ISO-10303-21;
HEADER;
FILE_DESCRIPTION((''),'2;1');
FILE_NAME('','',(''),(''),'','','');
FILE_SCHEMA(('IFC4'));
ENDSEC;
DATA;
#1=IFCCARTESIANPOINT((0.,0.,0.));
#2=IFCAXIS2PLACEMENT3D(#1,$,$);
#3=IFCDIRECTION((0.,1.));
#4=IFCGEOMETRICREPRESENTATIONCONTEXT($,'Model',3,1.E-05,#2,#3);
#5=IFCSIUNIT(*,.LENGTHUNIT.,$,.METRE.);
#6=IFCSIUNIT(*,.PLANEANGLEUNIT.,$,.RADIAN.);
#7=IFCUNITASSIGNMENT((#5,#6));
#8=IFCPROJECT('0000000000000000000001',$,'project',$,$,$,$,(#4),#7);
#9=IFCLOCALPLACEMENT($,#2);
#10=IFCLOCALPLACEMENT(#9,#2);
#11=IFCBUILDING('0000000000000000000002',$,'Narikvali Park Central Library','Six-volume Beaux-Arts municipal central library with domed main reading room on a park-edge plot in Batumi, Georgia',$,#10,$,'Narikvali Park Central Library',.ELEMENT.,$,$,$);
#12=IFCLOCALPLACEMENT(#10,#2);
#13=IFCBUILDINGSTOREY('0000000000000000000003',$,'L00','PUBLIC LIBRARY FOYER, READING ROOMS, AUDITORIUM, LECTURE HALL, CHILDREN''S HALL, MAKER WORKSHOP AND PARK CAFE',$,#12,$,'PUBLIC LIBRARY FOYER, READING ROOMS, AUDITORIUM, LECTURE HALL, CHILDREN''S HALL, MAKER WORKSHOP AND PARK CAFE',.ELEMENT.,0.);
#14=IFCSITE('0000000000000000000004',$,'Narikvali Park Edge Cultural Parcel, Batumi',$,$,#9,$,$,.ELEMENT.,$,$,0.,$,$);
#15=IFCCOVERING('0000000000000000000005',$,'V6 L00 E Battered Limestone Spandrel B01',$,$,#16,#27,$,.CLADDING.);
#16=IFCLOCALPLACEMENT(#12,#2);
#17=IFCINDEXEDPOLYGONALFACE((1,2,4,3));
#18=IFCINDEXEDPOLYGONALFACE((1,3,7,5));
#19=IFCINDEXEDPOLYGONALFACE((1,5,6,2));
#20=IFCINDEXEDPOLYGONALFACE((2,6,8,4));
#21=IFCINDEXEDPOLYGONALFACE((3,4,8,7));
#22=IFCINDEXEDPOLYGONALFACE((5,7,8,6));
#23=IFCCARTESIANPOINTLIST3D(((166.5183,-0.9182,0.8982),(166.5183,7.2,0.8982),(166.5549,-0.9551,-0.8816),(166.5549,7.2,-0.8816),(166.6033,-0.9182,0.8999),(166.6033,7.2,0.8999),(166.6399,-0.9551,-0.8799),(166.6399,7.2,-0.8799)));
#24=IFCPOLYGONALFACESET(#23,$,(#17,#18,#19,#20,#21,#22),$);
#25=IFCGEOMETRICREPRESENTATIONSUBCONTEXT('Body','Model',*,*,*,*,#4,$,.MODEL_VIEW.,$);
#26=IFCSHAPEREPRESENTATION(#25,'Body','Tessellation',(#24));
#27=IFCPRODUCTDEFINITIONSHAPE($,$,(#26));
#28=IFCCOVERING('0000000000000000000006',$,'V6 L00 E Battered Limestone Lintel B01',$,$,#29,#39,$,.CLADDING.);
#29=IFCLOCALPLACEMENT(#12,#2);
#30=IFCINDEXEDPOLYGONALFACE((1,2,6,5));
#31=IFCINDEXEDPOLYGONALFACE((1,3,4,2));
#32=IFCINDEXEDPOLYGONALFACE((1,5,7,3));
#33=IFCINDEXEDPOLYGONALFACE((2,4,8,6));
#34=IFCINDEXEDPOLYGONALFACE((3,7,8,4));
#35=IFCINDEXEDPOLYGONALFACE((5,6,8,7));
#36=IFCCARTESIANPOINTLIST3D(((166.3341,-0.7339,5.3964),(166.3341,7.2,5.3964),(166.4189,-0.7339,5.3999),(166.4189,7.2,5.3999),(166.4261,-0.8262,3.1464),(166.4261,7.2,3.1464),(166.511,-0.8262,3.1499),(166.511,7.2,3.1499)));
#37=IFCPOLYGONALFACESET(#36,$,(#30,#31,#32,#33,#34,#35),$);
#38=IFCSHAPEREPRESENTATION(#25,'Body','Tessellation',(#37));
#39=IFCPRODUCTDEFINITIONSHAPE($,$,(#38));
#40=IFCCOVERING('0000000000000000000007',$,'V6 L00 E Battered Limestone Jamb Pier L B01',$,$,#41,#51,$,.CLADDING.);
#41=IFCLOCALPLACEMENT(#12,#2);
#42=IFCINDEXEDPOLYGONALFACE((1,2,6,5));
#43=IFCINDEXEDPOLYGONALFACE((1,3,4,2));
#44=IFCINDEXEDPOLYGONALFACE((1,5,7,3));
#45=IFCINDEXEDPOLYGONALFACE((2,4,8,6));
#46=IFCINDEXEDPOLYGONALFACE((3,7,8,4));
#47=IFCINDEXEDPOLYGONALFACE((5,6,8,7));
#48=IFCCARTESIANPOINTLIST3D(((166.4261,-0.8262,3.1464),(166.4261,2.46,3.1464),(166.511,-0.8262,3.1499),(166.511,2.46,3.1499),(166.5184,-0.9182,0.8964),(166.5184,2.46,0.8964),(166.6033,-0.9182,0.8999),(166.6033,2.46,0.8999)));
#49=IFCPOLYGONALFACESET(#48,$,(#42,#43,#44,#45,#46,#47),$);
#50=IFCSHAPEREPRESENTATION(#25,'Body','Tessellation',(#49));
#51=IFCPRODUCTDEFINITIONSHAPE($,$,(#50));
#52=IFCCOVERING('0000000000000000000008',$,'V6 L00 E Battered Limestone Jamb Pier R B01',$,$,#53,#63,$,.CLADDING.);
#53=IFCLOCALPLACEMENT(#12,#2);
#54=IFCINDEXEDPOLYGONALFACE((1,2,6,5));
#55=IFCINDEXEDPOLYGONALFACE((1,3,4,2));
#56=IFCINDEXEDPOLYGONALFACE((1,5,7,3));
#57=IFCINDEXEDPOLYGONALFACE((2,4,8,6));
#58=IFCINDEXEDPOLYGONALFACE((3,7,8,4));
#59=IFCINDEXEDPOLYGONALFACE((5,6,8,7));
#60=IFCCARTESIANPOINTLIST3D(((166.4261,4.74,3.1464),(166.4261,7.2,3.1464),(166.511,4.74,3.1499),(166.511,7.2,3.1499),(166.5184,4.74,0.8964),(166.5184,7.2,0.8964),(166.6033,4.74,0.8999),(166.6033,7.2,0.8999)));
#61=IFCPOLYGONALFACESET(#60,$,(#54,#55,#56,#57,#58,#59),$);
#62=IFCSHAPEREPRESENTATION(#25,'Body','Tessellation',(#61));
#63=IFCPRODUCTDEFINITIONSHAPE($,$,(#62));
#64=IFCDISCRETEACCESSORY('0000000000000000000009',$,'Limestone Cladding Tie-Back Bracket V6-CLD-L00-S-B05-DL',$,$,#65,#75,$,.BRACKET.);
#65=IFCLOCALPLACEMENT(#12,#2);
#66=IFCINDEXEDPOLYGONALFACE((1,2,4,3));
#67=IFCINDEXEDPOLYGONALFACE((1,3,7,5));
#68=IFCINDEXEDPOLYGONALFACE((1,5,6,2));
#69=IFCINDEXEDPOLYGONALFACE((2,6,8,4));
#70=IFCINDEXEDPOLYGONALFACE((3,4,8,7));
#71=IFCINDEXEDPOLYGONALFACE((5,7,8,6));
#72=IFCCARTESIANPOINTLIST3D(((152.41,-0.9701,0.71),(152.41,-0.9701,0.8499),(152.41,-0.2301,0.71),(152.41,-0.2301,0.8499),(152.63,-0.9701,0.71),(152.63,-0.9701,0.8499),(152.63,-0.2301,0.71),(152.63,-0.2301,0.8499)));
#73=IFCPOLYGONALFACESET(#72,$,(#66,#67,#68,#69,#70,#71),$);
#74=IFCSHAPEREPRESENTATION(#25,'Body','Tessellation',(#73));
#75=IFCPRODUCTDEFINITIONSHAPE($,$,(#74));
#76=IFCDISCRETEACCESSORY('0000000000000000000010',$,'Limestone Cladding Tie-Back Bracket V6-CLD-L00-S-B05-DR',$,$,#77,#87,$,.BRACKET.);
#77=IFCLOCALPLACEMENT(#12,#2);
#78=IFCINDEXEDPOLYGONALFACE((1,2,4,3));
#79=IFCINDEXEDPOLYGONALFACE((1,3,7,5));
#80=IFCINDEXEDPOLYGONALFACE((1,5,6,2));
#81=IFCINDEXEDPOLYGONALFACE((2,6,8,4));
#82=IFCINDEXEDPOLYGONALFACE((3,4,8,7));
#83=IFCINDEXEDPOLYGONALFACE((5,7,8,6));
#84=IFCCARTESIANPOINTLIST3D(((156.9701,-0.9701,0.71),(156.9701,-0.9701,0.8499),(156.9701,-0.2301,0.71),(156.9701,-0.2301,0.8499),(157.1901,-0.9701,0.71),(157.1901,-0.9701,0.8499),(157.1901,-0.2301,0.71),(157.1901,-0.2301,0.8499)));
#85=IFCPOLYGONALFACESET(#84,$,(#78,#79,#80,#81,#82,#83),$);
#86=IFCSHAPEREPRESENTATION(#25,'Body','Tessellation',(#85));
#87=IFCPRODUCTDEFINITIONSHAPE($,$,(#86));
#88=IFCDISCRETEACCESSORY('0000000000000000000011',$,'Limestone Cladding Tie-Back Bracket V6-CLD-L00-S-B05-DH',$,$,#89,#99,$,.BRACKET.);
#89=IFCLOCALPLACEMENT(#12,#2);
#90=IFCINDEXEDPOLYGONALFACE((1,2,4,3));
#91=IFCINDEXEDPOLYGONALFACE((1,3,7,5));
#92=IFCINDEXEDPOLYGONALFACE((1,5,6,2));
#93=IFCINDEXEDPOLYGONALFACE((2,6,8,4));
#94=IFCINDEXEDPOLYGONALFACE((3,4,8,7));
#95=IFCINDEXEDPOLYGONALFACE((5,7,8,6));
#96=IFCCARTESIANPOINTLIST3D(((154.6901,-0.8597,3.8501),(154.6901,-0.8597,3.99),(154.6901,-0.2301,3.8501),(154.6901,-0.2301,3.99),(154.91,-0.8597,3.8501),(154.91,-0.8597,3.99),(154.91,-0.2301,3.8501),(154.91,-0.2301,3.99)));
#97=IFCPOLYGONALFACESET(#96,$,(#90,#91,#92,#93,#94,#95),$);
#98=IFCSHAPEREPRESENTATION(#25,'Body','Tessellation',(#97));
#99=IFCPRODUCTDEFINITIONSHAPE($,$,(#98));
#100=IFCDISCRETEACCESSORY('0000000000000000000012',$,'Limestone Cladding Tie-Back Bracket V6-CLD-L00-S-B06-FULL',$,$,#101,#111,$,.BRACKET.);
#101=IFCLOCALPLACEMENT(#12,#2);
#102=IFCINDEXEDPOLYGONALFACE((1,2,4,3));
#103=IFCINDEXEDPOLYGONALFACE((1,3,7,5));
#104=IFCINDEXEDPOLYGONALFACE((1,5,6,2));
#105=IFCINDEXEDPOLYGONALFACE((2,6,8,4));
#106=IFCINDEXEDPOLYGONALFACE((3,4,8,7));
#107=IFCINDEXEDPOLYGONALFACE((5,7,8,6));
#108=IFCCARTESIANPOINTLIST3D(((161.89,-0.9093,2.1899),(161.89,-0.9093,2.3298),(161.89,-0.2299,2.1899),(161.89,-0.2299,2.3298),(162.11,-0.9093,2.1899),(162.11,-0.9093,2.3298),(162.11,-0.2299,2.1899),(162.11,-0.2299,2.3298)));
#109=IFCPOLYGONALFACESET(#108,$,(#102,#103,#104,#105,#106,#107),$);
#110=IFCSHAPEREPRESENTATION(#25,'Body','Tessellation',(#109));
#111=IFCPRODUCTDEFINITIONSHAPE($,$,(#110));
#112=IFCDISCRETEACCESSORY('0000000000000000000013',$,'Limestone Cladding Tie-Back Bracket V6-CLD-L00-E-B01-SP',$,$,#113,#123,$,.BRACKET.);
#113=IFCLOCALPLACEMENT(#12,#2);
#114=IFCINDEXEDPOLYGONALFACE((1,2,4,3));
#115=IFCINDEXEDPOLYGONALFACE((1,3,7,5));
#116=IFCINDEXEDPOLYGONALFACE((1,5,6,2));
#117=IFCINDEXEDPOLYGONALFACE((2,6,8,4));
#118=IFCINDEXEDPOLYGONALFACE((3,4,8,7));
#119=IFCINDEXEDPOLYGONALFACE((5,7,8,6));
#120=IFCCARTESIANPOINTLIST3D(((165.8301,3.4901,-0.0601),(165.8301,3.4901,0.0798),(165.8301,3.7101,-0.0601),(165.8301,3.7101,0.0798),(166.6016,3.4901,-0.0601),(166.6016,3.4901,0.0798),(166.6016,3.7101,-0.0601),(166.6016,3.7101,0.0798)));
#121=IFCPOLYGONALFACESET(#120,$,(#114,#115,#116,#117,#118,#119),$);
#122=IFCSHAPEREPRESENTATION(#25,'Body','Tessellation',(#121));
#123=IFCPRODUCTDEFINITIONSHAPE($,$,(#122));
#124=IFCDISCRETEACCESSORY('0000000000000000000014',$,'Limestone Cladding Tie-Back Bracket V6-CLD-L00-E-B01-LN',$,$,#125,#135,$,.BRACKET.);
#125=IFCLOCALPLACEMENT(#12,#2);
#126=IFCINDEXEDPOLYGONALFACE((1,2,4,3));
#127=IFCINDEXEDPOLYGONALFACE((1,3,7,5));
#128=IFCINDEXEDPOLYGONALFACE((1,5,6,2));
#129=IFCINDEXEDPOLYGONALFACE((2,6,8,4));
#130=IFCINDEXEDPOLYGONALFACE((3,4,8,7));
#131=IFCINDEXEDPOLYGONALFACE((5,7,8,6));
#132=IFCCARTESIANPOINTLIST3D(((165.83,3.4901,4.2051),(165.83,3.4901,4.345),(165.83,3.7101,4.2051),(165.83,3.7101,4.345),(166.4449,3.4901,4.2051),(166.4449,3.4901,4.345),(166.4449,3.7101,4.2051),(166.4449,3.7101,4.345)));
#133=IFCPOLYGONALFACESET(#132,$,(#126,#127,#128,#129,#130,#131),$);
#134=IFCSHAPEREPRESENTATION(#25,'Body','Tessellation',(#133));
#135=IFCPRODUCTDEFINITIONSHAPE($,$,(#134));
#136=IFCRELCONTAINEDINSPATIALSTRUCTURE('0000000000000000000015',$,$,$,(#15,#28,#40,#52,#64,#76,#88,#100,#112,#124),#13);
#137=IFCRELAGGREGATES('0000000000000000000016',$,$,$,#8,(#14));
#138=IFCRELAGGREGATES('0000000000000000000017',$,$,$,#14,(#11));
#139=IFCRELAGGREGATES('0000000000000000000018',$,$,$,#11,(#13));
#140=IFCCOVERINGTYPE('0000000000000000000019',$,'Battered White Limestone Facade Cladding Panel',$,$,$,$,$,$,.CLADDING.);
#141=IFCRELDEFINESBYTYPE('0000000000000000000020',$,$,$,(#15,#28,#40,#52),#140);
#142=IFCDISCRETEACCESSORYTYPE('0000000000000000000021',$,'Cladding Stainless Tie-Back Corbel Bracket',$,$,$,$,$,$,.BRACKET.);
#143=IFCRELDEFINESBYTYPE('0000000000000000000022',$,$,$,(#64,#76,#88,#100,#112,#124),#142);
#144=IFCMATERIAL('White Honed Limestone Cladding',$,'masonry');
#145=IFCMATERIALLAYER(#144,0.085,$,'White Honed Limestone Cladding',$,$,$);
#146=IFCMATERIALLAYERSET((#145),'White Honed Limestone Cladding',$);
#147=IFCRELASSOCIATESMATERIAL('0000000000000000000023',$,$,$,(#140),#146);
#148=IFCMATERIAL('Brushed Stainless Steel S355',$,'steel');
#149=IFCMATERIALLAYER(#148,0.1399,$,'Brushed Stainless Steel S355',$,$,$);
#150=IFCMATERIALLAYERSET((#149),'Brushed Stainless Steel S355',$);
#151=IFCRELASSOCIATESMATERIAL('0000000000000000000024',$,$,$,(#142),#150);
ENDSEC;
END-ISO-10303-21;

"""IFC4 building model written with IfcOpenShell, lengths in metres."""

from ifc_helpers import new_model, si_unit, direction, frame, origin, origin_2d, place, context, subcontext, project, spatial, polyline, rectangle, outline, extrude, material, layer, layer_set, type_object, element, save


model = new_model("IFC4")

# Units and contexts
model_context = context("Model", 3, precision=1e-05, world=origin(), true_north=direction((0.0, 1.0)))
body_context = subcontext(model_context, "Body", "Model", "MODEL_VIEW")
ifc_project = project(units=[si_unit("LENGTHUNIT", "METRE"), si_unit("PLANEANGLEUNIT", "RADIAN")], contexts=[model_context])

# Site, building, storey
site_placement = place(None, origin())
site = spatial("IfcSite", under=ifc_project, at=site_placement, Name="Narikvali Park Edge Cultural Parcel, Batumi", CompositionType="ELEMENT", RefElevation=0.0)
building_placement = place(site_placement, origin())
building = spatial("IfcBuilding", under=site, at=building_placement, Name="Narikvali Park Central Library", Description="Six-volume Beaux-Arts municipal central library with domed main reading room on a park-edge plot in Batumi, Georgia", LongName="Narikvali Park Central Library", CompositionType="ELEMENT")
storey_placement = place(building_placement, origin())
storey = spatial("IfcBuildingStorey", under=building, at=storey_placement, Name="L00", Description="PUBLIC LIBRARY FOYER, READING ROOMS, AUDITORIUM, LECTURE HALL, CHILDREN'S HALL, MAKER WORKSHOP AND PARK CAFE", LongName="PUBLIC LIBRARY FOYER, READING ROOMS, AUDITORIUM, LECTURE HALL, CHILDREN'S HALL, MAKER WORKSHOP AND PARK CAFE", CompositionType="ELEMENT", Elevation=0.0)

# Coverings
ifc_material_1 = material(Name="White Honed Limestone Cladding", Category="masonry")
ifc_layer_1 = layer(ifc_material_1, 0.085, Name="White Honed Limestone Cladding")
ifc_layer_set_1 = layer_set([ifc_layer_1], Name="White Honed Limestone Cladding")
covering_type = type_object("IfcCoveringType", Name="Battered White Limestone Facade Cladding Panel", PredefinedType="CLADDING", material=ifc_layer_set_1)
covering_1_placement = place(storey_placement, frame((166.6399, -0.9551, -0.8799), z_axis=(0.999788, 0.0, 0.020572), x_axis=(0.0, 1.0, 0.0)))
element("IfcCovering", 1, at=covering_1_placement, inside=storey, type_object=covering_type, Name="V6 L00 E Battered Limestone Spandrel B01", PredefinedType="CLADDING", context=body_context, shape_type="SweptSolid", body=[
    extrude(outline(polyline([(0.0, 0.0), (8.155, 0.0), (8.155, 1.7802), (0.0369, 1.7802), (0.0, 0.0)])), origin(), (0.0, 0.0, -1.0), 0.085),
])
covering_2_placement = place(storey_placement, frame((166.511, -0.8262, 3.1499), z_axis=(0.999164, 0.0, 0.040873), x_axis=(0.0, 1.0, 0.0)))
element("IfcCovering", 2, at=covering_2_placement, inside=storey, type_object=covering_type, Name="V6 L00 E Battered Limestone Lintel B01", PredefinedType="CLADDING", context=body_context, shape_type="SweptSolid", body=[
    extrude(outline(polyline([(0.0, 0.0), (8.0261, 0.0), (8.0261, 2.2519), (0.0923, 2.2519), (0.0, 0.0)])), origin(), (0.0, 0.0, -1.0), 0.085),
])
covering_3_placement = place(storey_placement, frame((166.6033, -0.9182, 0.8999), z_axis=(0.99916, 0.0, 0.040981), x_axis=(0.0, 1.0, 0.0)))
element("IfcCovering", 3, at=covering_3_placement, inside=storey, type_object=covering_type, Name="V6 L00 E Battered Limestone Jamb Pier L B01", PredefinedType="CLADDING", context=body_context, shape_type="SweptSolid", body=[
    extrude(outline(polyline([(0.0, 0.0), (3.3782, 0.0), (3.3782, 2.2519), (0.092, 2.2519), (0.0, 0.0)])), origin(), (0.0, 0.0, -1.0), 0.085),
])
covering_4_placement = place(storey_placement, frame((166.6033, 4.74, 0.8999), z_axis=(0.99916, 0.0, 0.040981), x_axis=(0.0, 1.0, 0.0)))
element("IfcCovering", 4, at=covering_4_placement, inside=storey, type_object=covering_type, Name="V6 L00 E Battered Limestone Jamb Pier R B01", PredefinedType="CLADDING", context=body_context, shape_type="SweptSolid", body=[
    extrude(outline(polyline([(0.0, 0.0), (2.46, 0.0), (2.46, 2.2519), (0.0, 2.2519), (0.0, 0.0)])), origin(), (0.0, 0.0, -1.0), 0.085),
])

# Discrete accessories
ifc_material_2 = material(Name="Brushed Stainless Steel S355", Category="steel")
ifc_layer_2 = layer(ifc_material_2, 0.1399, Name="Brushed Stainless Steel S355")
ifc_layer_set_2 = layer_set([ifc_layer_2], Name="Brushed Stainless Steel S355")
discrete_accessory_type = type_object("IfcDiscreteAccessoryType", Name="Cladding Stainless Tie-Back Corbel Bracket", PredefinedType="BRACKET", material=ifc_layer_set_2)
for number, where, z_axis, x_axis, name in (
    (5, (152.52, -0.6001, 0.71), (0.0, 0.0, 1.0), (1.0, 0.0, 0.0), "Limestone Cladding Tie-Back Bracket V6-CLD-L00-S-B05-DL"),
    (6, (157.0801, -0.6001, 0.71), (0.0, 0.0, 1.0), (1.0, 0.0, 0.0), "Limestone Cladding Tie-Back Bracket V6-CLD-L00-S-B05-DR"),
):
    element("IfcDiscreteAccessory", number, at=place(storey_placement, frame(where, z_axis=z_axis, x_axis=x_axis)), inside=storey, type_object=discrete_accessory_type, Name=name, PredefinedType="BRACKET", context=body_context, shape_type="SweptSolid", body=[
        extrude(rectangle(XDim=0.22, YDim=0.74, at=origin_2d()), origin(), (0.0, 0.0, 1.0), 0.1399),
    ])
discrete_accessory_1_placement = place(storey_placement, frame((154.8, -0.5449, 3.8501), z_axis=(0.0, 0.0, 1.0), x_axis=(1.0, 0.0, 0.0)))
element("IfcDiscreteAccessory", 7, at=discrete_accessory_1_placement, inside=storey, type_object=discrete_accessory_type, Name="Limestone Cladding Tie-Back Bracket V6-CLD-L00-S-B05-DH", PredefinedType="BRACKET", context=body_context, shape_type="SweptSolid", body=[
    extrude(rectangle(XDim=0.22, YDim=0.6296, at=origin_2d()), origin(), (0.0, 0.0, 1.0), 0.1399),
])
discrete_accessory_2_placement = place(storey_placement, frame((162.0, -0.5696, 2.1899), z_axis=(0.0, 0.0, 1.0), x_axis=(1.0, 0.0, 0.0)))
element("IfcDiscreteAccessory", 8, at=discrete_accessory_2_placement, inside=storey, type_object=discrete_accessory_type, Name="Limestone Cladding Tie-Back Bracket V6-CLD-L00-S-B06-FULL", PredefinedType="BRACKET", context=body_context, shape_type="SweptSolid", body=[
    extrude(rectangle(XDim=0.22, YDim=0.6794, at=origin_2d()), origin(), (0.0, 0.0, 1.0), 0.1399),
])
discrete_accessory_3_placement = place(storey_placement, frame((166.2158, 3.6001, -0.0601), z_axis=(0.0, 0.0, 1.0), x_axis=(1.0, 0.0, 0.0)))
element("IfcDiscreteAccessory", 9, at=discrete_accessory_3_placement, inside=storey, type_object=discrete_accessory_type, Name="Limestone Cladding Tie-Back Bracket V6-CLD-L00-E-B01-SP", PredefinedType="BRACKET", context=body_context, shape_type="SweptSolid", body=[
    extrude(rectangle(XDim=0.7715, YDim=0.22, at=origin_2d()), origin(), (0.0, 0.0, 1.0), 0.1399),
])
discrete_accessory_4_placement = place(storey_placement, frame((166.1375, 3.6001, 4.2051), z_axis=(0.0, 0.0, 1.0), x_axis=(1.0, 0.0, 0.0)))
element("IfcDiscreteAccessory", 10, at=discrete_accessory_4_placement, inside=storey, type_object=discrete_accessory_type, Name="Limestone Cladding Tie-Back Bracket V6-CLD-L00-E-B01-LN", PredefinedType="BRACKET", context=body_context, shape_type="SweptSolid", body=[
    extrude(rectangle(XDim=0.615, YDim=0.22, at=origin_2d()), origin(), (0.0, 0.0, 1.0), 0.1399),
])

save(model, "model.ifc")
